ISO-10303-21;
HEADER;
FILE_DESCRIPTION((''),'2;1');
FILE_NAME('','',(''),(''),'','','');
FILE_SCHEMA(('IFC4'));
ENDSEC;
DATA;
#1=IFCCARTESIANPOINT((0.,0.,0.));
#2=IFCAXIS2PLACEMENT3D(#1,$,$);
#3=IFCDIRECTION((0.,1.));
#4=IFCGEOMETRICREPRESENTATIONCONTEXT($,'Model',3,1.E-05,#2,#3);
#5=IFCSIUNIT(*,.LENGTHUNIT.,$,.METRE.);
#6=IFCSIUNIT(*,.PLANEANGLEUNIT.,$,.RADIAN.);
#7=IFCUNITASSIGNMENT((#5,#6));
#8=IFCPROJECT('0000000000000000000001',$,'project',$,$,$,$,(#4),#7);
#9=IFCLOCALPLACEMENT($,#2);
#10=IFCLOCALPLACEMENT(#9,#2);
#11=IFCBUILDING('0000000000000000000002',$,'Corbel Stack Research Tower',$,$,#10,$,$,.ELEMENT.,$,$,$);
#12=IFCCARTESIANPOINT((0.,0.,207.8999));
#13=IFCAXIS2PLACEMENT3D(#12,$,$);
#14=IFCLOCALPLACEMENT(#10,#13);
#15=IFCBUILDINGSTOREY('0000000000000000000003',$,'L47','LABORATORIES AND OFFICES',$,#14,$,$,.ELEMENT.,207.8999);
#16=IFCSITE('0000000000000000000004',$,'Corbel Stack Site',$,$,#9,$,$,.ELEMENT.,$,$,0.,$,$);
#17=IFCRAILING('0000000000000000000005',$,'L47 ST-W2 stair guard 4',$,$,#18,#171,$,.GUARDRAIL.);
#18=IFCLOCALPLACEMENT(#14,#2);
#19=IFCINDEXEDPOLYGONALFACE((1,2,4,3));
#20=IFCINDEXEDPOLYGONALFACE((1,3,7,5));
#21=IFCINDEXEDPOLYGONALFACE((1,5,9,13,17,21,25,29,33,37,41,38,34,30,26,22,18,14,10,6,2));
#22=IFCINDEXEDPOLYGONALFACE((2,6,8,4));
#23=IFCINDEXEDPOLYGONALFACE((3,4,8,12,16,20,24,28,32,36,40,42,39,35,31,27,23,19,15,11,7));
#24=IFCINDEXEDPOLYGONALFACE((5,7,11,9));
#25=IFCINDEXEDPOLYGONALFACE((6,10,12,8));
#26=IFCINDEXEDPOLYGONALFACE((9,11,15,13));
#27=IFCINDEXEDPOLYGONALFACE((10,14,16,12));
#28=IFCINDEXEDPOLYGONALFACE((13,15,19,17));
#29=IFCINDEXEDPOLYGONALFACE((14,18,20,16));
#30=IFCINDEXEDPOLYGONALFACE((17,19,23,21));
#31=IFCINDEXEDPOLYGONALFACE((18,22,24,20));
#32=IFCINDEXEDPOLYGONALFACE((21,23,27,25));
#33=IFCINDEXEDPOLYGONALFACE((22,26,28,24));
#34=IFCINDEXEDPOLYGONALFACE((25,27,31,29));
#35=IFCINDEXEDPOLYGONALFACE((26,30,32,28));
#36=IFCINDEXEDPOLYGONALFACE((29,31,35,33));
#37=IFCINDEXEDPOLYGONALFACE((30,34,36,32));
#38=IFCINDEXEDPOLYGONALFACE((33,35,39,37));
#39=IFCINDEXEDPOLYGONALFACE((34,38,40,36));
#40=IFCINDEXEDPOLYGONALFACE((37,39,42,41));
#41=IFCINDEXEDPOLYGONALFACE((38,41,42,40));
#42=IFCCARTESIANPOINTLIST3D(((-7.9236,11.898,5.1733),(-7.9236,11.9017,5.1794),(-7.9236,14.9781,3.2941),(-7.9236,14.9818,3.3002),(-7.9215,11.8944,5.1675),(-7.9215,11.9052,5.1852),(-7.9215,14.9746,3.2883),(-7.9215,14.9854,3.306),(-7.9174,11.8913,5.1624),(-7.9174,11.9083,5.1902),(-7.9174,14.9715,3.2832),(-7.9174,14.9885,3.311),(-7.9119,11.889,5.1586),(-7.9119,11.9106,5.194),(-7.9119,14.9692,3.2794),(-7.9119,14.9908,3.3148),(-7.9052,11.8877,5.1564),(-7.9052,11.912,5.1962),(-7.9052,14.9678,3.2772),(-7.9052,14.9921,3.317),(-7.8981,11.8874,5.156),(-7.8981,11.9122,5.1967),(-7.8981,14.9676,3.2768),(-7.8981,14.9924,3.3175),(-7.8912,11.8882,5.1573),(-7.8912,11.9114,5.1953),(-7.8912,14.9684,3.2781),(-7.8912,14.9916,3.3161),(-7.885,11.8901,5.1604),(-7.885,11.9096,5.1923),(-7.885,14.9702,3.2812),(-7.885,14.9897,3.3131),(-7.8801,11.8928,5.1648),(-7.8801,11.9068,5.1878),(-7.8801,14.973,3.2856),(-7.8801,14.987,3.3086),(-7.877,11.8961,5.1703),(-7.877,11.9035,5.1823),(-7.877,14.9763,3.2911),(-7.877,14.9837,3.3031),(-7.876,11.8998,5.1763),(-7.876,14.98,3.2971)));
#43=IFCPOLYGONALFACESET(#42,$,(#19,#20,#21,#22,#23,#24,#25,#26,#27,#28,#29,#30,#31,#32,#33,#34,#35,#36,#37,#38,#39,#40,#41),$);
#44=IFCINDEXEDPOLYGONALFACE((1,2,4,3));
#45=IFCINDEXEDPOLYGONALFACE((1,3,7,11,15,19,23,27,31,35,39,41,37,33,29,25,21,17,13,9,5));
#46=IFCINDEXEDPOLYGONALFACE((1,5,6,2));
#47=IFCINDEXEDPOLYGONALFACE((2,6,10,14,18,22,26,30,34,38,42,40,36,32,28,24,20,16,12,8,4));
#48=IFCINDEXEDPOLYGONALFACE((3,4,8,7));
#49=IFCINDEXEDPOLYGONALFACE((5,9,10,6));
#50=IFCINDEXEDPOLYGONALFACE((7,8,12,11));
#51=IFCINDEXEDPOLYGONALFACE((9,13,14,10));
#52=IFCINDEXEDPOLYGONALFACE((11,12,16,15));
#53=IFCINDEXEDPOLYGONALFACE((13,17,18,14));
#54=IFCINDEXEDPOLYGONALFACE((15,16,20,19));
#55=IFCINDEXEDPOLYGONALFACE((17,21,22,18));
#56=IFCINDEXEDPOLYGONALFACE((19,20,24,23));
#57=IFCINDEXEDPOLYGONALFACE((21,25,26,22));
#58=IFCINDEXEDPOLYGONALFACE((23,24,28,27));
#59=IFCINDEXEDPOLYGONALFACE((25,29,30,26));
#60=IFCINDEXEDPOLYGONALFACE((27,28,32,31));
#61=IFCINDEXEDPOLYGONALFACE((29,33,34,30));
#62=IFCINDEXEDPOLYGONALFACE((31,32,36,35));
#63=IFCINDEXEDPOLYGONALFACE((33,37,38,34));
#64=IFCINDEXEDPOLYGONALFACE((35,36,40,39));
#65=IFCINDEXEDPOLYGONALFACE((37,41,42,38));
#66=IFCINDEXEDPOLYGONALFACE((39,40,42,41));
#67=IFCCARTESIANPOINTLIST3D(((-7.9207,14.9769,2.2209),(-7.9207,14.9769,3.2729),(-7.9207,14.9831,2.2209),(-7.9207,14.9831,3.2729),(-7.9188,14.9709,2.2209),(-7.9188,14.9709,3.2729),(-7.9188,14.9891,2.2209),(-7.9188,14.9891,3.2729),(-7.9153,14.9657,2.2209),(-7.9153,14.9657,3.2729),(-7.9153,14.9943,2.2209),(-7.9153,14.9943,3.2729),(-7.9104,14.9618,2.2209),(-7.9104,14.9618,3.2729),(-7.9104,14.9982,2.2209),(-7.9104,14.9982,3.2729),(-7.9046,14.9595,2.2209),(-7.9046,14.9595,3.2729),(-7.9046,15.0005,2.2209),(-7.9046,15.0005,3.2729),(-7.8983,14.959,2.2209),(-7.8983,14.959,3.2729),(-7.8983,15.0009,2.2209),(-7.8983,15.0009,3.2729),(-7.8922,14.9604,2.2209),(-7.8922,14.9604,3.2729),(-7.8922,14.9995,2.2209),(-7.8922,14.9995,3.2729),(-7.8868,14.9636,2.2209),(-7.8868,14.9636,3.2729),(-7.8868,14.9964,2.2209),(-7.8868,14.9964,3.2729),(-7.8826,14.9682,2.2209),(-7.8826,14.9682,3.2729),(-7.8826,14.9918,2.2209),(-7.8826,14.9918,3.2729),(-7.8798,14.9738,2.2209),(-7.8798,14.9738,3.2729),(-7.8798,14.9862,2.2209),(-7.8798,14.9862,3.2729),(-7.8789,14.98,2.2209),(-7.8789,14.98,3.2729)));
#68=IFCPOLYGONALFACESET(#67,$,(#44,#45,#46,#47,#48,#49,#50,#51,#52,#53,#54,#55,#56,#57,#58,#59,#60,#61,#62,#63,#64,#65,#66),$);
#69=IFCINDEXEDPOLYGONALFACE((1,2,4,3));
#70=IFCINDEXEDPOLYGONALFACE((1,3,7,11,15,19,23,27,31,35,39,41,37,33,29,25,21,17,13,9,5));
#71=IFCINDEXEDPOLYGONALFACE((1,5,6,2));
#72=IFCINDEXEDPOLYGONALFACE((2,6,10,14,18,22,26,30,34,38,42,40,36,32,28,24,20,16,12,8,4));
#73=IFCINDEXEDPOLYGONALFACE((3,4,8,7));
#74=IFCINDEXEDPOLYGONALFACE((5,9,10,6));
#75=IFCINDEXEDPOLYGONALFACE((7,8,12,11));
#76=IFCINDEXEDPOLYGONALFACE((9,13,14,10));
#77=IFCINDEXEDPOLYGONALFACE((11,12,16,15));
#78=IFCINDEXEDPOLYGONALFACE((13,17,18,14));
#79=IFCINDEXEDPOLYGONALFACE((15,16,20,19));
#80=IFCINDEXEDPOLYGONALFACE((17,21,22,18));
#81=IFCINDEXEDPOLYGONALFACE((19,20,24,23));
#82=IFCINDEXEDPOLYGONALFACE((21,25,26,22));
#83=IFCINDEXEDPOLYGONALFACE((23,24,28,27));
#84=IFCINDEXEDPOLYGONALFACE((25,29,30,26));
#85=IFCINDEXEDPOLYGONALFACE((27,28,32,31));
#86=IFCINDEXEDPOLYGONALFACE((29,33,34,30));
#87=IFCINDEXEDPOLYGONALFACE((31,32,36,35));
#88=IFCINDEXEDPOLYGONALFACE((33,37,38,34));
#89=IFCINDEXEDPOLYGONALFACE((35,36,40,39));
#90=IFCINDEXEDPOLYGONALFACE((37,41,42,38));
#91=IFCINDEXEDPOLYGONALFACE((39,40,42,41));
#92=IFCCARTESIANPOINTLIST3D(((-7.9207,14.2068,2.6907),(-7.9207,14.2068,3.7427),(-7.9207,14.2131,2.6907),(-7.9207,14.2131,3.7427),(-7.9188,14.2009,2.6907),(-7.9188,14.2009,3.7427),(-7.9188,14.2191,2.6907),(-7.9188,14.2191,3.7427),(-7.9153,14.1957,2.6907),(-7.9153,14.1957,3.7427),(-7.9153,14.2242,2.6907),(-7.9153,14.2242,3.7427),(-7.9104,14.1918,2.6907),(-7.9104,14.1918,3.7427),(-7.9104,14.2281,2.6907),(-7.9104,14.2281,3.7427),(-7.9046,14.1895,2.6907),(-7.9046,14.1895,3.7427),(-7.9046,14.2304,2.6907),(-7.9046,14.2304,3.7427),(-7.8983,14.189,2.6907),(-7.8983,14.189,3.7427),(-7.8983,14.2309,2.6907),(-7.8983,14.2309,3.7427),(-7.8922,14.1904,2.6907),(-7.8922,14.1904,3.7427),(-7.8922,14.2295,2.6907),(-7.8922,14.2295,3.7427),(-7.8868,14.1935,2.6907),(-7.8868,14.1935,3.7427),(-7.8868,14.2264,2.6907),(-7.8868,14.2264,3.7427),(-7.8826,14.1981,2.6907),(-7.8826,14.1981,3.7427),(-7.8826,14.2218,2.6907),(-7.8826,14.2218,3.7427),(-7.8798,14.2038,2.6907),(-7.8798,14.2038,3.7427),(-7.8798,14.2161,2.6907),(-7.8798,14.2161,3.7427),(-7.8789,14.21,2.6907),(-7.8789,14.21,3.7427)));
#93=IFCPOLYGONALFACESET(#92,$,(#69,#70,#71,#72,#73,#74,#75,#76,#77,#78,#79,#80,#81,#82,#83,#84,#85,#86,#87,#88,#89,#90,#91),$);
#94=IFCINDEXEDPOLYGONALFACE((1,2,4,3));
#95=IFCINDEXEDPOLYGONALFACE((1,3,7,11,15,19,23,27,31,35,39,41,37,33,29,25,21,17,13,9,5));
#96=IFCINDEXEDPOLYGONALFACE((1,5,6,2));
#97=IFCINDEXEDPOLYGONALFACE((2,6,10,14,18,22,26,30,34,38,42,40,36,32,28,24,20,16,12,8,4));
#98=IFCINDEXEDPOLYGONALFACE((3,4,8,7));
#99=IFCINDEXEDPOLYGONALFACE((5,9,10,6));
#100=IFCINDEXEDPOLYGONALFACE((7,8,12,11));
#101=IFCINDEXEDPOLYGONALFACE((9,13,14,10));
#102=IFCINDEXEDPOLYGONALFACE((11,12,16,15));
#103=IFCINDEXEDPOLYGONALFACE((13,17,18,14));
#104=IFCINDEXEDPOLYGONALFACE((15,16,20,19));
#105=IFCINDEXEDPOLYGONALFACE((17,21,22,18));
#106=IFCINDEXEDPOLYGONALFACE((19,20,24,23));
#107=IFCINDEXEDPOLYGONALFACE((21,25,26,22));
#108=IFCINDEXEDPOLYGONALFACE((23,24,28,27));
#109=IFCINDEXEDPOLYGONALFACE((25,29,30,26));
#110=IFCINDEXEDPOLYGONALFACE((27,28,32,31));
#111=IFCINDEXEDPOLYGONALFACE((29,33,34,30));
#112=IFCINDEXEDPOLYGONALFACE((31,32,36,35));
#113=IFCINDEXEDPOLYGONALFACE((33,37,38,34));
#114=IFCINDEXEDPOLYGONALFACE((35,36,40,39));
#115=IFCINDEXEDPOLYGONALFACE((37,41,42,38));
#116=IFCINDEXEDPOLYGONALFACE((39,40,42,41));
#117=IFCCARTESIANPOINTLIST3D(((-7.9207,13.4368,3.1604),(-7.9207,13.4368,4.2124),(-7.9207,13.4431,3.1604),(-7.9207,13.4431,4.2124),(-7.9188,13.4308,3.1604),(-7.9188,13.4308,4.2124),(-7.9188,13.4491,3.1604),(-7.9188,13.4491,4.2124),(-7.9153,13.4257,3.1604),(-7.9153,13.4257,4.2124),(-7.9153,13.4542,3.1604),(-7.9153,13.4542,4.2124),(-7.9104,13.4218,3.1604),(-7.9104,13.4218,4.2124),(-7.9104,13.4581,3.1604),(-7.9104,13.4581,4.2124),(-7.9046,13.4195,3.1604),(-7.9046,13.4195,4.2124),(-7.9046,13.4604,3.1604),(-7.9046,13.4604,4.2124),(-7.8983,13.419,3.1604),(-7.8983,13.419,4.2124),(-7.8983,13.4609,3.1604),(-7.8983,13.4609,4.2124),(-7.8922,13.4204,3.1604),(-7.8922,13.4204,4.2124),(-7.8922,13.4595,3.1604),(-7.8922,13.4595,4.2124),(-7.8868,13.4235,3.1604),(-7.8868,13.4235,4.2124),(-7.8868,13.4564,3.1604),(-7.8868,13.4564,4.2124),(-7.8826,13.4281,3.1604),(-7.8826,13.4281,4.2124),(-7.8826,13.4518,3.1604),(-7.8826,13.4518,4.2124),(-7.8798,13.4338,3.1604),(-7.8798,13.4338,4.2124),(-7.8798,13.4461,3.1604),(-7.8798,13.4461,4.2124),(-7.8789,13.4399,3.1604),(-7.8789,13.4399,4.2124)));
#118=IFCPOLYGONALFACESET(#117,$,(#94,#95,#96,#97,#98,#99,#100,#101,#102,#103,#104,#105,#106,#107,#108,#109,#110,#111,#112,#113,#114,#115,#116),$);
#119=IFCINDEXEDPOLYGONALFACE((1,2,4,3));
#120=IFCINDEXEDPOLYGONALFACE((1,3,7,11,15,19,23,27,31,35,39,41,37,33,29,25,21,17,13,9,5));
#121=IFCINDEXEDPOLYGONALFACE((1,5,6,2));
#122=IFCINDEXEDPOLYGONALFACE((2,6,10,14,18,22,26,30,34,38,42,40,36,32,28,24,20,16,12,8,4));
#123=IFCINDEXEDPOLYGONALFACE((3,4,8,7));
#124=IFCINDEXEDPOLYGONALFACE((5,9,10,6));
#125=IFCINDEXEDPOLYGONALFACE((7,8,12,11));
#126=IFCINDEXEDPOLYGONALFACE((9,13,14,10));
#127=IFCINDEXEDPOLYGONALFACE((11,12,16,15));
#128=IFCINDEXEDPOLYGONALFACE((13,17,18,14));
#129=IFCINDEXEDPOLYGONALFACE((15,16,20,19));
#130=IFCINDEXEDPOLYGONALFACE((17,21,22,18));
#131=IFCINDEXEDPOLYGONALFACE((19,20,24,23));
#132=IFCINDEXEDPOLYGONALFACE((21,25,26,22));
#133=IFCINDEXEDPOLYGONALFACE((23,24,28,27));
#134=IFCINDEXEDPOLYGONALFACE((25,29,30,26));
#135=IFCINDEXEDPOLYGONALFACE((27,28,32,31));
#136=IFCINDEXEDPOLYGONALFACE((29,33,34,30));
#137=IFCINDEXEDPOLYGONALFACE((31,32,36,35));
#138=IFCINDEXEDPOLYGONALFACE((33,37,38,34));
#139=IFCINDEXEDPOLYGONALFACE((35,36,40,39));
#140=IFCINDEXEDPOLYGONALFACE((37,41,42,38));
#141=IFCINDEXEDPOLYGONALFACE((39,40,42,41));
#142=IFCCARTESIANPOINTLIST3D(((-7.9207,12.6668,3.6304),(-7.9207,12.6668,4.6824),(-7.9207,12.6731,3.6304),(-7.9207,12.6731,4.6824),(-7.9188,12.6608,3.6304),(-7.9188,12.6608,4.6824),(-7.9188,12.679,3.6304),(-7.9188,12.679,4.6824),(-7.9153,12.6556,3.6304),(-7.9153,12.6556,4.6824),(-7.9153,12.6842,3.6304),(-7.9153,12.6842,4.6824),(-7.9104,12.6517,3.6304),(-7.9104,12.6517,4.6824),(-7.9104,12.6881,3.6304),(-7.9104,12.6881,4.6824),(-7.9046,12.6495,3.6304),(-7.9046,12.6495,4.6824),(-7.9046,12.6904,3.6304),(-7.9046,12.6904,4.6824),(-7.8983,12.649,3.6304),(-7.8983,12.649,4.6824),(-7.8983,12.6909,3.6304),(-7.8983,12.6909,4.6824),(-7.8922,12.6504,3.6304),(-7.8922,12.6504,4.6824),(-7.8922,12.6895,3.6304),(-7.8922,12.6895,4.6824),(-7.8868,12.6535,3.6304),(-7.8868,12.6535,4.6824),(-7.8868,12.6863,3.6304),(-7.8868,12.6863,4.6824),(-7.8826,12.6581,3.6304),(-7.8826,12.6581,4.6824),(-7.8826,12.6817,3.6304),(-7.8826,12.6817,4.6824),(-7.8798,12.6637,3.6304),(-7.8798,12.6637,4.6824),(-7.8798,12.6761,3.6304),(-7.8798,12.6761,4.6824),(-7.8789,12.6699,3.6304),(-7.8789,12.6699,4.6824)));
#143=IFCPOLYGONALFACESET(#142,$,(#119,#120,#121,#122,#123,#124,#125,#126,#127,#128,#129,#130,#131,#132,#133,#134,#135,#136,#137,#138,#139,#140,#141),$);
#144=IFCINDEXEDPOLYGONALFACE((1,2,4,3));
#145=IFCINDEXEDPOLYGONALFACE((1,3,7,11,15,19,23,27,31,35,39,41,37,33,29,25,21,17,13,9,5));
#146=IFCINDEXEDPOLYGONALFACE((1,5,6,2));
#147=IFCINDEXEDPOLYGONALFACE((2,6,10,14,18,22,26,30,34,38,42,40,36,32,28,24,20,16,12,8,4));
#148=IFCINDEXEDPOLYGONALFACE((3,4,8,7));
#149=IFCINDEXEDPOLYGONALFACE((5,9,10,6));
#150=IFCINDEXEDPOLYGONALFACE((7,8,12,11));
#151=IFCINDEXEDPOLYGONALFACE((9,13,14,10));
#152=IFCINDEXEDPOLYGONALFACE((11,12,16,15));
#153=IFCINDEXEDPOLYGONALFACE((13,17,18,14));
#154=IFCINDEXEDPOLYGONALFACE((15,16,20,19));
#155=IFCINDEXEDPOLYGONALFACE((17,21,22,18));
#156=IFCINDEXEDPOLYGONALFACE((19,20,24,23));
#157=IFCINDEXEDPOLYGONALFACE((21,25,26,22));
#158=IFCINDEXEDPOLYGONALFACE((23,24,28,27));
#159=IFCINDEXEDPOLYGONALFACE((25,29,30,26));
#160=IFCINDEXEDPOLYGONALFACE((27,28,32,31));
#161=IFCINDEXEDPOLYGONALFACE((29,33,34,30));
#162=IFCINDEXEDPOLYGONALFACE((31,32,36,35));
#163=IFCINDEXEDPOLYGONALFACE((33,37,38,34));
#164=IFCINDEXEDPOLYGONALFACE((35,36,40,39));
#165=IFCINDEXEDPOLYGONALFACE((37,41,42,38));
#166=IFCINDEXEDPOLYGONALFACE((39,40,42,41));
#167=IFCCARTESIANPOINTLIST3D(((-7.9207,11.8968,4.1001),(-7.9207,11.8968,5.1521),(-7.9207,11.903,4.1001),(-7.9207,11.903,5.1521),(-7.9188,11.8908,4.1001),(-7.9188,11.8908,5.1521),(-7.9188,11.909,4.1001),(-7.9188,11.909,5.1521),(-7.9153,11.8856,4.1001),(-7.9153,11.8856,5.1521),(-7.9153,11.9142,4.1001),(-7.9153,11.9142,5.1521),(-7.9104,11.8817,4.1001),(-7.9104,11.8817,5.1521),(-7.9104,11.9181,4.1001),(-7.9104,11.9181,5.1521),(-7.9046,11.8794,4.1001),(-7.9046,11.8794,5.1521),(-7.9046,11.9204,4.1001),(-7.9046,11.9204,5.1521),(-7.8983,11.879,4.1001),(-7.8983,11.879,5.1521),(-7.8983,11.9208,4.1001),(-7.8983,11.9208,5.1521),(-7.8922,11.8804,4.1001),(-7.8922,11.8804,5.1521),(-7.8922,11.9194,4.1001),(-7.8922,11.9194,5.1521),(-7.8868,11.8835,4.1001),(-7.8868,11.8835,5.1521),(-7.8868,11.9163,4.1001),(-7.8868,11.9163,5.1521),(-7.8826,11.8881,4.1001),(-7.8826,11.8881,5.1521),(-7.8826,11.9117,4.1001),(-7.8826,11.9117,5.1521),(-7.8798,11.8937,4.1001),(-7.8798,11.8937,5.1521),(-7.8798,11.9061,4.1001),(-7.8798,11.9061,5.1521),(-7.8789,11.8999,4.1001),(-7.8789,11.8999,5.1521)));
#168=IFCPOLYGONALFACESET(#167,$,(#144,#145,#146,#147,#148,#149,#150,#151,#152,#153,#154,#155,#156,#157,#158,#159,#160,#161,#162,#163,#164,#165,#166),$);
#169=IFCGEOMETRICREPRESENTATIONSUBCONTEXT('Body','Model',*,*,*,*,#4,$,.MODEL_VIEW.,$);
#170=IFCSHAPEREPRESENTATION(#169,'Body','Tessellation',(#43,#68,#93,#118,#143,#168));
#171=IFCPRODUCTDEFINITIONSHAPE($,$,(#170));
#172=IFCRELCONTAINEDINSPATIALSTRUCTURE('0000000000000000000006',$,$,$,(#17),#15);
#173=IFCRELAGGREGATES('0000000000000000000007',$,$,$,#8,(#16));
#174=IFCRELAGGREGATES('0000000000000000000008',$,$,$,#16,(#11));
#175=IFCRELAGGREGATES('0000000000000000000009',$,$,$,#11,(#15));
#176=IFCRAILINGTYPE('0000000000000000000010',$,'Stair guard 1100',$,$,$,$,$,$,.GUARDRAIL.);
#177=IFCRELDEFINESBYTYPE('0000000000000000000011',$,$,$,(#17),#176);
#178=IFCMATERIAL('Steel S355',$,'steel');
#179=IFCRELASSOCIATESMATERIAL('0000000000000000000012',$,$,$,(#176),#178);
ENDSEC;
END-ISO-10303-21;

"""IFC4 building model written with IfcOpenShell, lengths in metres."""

from ifc_helpers import new_model, si_unit, direction, frame, origin, origin_2d, place, context, subcontext, project, spatial, circle, extrude, material, type_object, element, save


model = new_model("IFC4")

# Units and contexts
model_context = context("Model", 3, precision=1e-05, world=origin(), true_north=direction((0.0, 1.0)))
body_context = subcontext(model_context, "Body", "Model", "MODEL_VIEW")
ifc_project = project(units=[si_unit("LENGTHUNIT", "METRE"), si_unit("PLANEANGLEUNIT", "RADIAN")], contexts=[model_context])

# Site, building, storey
site_placement = place(None, origin())
site = spatial("IfcSite", under=ifc_project, at=site_placement, Name="Corbel Stack Site", CompositionType="ELEMENT", RefElevation=0.0)
building_placement = place(site_placement, origin())
building = spatial("IfcBuilding", under=site, at=building_placement, Name="Corbel Stack Research Tower", CompositionType="ELEMENT")
storey_placement = place(building_placement, frame((0.0, 0.0, 207.8999)))
storey = spatial("IfcBuildingStorey", under=building, at=storey_placement, Name="L47", Description="LABORATORIES AND OFFICES", CompositionType="ELEMENT", Elevation=207.8999)

# Railing
ifc_material_1 = material(Name="Steel S355", Category="steel")
railing_type_1 = type_object("IfcRailingType", Name="Stair guard 1100", PredefinedType="GUARDRAIL", material=ifc_material_1)
railing_1_placement = place(storey_placement, frame((-7.8999, 14.98, 2.2209)))
element("IfcRailing", 1, at=railing_1_placement, inside=storey, type_object=railing_type_1, Name="L47 ST-W2 stair guard 4", PredefinedType="GUARDRAIL", context=body_context, shape_type="SweptSolid", body=[
    extrude(circle(Radius=0.0239, at=origin_2d()), frame((0.0, 0.0, 1.0762), z_axis=(0.0, -0.853666, 0.52082), x_axis=(1.0, 0.0, 0.0)), (0.0, 0.0, 1.0), 3.6082),
    extrude(circle(Radius=0.021, at=origin_2d()), origin(), (0.0, 0.0, 1.0), 1.052),
    extrude(circle(Radius=0.021, at=origin_2d()), frame((0.0, -0.77, 0.4697)), (0.0, 0.0, 1.0), 1.052),
    extrude(circle(Radius=0.021, at=origin_2d()), frame((0.0, -1.54, 0.9395)), (0.0, 0.0, 1.0), 1.052),
    extrude(circle(Radius=0.021, at=origin_2d()), frame((0.0, -2.3101, 1.4094)), (0.0, 0.0, 1.0), 1.052),
    extrude(circle(Radius=0.021, at=origin_2d()), frame((0.0, -3.0801, 1.8792)), (0.0, 0.0, 1.0), 1.052),
])

save(model, "model.ifc")
